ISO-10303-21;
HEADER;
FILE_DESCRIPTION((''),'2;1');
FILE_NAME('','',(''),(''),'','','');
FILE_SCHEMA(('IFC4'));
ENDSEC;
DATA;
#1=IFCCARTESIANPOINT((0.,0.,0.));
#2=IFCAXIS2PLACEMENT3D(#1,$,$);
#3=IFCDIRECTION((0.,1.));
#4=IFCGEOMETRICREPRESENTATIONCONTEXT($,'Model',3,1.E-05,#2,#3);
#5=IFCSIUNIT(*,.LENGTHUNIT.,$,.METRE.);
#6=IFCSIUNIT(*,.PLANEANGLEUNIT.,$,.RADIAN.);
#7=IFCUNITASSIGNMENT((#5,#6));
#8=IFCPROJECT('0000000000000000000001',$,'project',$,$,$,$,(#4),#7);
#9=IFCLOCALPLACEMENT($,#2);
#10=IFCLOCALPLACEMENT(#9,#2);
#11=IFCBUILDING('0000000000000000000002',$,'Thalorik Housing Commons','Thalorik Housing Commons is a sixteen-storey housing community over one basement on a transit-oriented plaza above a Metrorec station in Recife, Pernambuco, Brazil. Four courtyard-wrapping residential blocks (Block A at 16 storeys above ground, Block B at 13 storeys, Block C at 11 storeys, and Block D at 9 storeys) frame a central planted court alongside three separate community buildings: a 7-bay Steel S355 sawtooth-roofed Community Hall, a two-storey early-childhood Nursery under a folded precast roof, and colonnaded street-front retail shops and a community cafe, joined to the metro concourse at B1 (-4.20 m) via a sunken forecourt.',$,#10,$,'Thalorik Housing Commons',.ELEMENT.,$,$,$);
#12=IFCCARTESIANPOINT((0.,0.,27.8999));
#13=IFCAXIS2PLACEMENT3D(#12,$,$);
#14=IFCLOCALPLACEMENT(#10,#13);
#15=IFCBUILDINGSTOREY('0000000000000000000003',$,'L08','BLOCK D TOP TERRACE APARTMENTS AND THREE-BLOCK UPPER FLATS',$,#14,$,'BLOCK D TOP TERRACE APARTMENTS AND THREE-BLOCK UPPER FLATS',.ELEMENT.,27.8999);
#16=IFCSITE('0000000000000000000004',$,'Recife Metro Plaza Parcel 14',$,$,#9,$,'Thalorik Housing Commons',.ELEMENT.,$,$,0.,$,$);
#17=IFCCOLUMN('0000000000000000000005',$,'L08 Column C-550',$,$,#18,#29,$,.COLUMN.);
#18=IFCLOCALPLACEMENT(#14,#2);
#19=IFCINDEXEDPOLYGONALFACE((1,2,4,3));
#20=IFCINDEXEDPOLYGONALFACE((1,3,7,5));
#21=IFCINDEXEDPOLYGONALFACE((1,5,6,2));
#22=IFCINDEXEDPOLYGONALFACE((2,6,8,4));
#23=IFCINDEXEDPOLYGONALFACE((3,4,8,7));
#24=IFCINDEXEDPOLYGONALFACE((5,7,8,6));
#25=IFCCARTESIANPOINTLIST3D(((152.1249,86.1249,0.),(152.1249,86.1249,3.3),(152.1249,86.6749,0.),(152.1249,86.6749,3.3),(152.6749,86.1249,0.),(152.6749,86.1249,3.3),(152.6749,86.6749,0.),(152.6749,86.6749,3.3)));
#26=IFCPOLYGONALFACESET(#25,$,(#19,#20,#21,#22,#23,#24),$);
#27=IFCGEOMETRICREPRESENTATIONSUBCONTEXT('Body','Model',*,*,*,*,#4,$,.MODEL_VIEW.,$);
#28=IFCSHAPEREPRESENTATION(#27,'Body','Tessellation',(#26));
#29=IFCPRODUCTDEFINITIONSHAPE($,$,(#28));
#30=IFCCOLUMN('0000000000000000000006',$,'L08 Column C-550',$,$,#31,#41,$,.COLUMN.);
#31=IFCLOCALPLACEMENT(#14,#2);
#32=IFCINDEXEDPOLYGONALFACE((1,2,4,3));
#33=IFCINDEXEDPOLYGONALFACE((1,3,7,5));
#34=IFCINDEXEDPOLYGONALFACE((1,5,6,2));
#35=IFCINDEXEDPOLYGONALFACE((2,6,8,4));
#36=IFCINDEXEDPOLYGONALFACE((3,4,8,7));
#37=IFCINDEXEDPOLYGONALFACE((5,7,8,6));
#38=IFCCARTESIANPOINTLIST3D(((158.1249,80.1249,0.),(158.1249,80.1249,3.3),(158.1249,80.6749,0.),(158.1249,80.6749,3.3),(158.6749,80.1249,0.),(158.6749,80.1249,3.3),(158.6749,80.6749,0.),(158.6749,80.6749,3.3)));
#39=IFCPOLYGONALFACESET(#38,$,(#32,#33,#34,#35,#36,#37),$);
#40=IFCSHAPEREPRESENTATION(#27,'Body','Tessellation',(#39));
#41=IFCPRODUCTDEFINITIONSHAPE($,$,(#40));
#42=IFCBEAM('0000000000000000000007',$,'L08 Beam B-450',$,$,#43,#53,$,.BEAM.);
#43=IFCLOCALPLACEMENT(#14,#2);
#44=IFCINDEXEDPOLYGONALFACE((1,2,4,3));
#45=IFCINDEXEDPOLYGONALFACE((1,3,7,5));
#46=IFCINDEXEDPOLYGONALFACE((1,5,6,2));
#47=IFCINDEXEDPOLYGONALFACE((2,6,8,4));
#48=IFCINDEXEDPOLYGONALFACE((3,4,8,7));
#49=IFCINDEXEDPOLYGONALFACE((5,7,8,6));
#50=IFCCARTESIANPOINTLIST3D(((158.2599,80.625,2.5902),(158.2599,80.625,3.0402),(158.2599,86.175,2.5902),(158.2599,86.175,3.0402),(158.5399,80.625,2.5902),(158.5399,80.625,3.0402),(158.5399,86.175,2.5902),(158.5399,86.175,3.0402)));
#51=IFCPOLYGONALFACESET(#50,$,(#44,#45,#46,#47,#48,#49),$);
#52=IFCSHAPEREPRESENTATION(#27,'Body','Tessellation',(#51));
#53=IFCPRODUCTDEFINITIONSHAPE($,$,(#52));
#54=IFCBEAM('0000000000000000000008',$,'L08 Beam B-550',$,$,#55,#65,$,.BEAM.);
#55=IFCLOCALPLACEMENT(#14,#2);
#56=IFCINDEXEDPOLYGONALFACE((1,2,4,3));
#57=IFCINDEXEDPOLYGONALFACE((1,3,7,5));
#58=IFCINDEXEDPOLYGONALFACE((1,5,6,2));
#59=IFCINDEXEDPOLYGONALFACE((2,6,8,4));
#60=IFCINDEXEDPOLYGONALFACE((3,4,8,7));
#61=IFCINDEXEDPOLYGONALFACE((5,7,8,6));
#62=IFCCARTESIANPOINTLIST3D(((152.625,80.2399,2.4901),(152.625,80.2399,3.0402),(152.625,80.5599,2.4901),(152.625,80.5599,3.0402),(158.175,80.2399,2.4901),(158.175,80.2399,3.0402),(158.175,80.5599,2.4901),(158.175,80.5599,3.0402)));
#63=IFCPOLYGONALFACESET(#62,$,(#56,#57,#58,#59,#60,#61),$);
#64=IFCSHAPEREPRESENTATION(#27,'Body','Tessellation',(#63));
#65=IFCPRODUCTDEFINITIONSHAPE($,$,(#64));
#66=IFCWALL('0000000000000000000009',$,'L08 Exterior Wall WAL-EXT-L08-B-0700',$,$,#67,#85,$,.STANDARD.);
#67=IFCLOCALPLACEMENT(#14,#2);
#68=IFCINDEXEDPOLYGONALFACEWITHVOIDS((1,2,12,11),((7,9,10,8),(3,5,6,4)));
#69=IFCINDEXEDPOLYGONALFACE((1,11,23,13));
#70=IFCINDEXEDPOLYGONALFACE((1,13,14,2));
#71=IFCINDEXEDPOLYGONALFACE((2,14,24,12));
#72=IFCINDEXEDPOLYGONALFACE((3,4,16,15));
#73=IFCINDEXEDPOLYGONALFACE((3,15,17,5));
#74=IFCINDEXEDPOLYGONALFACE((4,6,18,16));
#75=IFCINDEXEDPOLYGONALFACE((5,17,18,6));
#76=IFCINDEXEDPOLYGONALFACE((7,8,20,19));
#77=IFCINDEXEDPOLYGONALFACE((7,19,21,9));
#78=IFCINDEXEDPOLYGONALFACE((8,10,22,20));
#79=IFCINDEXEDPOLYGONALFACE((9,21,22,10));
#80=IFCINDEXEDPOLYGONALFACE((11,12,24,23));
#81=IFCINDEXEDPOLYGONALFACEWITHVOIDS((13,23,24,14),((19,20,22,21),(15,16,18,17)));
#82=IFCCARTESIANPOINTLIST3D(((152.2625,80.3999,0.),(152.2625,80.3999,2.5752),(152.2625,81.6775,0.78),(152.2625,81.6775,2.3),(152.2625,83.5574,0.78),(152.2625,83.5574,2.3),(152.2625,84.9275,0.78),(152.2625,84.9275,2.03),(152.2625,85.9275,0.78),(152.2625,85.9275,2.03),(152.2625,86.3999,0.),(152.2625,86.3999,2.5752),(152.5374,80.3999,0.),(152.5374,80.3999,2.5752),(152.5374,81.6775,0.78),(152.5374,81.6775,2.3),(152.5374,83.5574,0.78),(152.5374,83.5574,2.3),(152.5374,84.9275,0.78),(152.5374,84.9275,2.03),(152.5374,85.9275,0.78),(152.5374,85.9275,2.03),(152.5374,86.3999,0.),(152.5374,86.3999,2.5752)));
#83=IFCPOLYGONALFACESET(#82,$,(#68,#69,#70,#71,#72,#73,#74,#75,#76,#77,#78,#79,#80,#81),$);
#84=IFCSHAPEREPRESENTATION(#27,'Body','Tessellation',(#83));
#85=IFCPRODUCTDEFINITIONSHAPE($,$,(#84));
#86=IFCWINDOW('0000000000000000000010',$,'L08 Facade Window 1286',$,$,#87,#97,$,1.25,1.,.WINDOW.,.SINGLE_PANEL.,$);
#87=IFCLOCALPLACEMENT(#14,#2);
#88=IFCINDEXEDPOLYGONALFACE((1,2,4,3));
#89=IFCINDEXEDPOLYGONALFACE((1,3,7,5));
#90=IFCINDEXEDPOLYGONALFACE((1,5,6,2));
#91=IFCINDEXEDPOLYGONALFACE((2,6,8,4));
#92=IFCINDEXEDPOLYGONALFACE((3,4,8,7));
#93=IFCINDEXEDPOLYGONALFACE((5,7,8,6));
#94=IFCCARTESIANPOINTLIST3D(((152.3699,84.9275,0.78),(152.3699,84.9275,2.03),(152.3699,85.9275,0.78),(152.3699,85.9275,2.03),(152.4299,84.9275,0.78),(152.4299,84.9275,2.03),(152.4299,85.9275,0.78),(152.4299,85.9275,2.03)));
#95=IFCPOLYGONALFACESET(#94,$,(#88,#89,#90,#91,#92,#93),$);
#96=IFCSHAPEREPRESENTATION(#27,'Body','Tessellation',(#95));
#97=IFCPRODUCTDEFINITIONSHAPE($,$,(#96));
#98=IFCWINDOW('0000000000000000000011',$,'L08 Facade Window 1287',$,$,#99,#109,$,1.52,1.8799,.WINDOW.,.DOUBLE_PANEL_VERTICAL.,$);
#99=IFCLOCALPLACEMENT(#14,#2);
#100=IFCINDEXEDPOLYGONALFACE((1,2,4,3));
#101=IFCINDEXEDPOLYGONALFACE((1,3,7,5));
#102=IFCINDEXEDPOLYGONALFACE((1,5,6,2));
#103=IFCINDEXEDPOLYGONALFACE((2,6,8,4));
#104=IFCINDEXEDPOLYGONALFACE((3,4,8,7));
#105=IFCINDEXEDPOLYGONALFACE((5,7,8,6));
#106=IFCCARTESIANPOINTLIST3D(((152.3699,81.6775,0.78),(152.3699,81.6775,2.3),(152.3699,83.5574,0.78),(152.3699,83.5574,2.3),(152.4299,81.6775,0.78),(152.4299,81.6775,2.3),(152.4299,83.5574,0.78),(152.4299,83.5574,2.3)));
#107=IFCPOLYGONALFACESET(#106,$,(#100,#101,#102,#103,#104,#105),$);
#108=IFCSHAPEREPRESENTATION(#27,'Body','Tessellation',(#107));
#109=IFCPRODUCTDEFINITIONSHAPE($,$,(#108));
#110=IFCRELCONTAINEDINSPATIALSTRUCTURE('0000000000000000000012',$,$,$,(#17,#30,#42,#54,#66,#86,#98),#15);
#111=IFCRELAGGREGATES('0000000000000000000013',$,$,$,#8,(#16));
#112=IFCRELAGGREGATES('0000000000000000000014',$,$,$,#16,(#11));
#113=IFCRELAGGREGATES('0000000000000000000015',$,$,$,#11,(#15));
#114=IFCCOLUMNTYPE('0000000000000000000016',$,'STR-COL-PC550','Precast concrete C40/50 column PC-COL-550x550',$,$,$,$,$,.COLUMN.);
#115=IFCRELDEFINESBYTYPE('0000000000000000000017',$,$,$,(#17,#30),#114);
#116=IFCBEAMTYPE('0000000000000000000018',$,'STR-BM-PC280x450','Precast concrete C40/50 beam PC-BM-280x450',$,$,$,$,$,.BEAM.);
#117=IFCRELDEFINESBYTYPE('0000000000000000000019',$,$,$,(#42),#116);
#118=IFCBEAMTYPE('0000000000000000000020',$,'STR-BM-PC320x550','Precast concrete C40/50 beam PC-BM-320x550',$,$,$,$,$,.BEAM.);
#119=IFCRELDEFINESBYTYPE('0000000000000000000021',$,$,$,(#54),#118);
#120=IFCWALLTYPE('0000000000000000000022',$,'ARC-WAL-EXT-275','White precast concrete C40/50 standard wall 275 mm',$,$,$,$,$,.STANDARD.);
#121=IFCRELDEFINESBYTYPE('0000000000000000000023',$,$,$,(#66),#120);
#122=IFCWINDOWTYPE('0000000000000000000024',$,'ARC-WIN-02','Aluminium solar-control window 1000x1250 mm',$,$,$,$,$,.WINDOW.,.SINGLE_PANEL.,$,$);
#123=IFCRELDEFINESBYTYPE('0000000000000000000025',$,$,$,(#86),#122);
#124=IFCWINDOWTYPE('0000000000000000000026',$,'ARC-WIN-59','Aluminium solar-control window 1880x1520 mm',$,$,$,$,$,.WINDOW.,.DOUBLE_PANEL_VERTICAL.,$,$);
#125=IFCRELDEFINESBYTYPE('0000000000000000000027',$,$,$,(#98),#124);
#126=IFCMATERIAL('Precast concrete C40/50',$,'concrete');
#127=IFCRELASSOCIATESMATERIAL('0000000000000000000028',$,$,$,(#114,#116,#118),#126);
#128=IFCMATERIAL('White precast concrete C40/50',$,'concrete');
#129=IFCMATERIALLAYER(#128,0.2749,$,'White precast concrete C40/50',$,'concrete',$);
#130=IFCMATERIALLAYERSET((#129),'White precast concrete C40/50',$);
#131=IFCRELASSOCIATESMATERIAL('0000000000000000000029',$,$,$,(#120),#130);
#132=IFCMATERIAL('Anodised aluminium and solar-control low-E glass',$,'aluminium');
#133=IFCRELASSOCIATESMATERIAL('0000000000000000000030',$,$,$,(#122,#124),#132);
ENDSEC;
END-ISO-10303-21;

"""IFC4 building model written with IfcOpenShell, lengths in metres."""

from ifc_helpers import new_model, si_unit, direction, frame, frame_2d, origin, origin_2d, place, context, subcontext, project, spatial, rectangle, extrude, material, layer, layer_set, material_profile, profile_set, type_object, element, fill, save


model = new_model("IFC4")

# Units and contexts
model_context = context("Model", 3, precision=1e-05, world=origin(), true_north=direction((0.0, 1.0)))
body_context = subcontext(model_context, "Body", "Model", "MODEL_VIEW")
ifc_project = project(units=[si_unit("LENGTHUNIT", "METRE"), si_unit("PLANEANGLEUNIT", "RADIAN")], contexts=[model_context])

# Site, building, storey
site_placement = place(None, origin())
site = spatial("IfcSite", under=ifc_project, at=site_placement, Name="Recife Metro Plaza Parcel 14", LongName="Thalorik Housing Commons", CompositionType="ELEMENT", RefElevation=0.0)
building_placement = place(site_placement, origin())
building = spatial("IfcBuilding", under=site, at=building_placement, Name="Thalorik Housing Commons", Description="Thalorik Housing Commons is a sixteen-storey housing community over one basement on a transit-oriented plaza above a Metrorec station in Recife, Pernambuco, Brazil. Four courtyard-wrapping residential blocks (Block A at 16 storeys above ground, Block B at 13 storeys, Block C at 11 storeys, and Block D at 9 storeys) frame a central planted court alongside three separate community buildings: a 7-bay Steel S355 sawtooth-roofed Community Hall, a two-storey early-childhood Nursery under a folded precast roof, and colonnaded street-front retail shops and a community cafe, joined to the metro concourse at B1 (-4.20 m) via a sunken forecourt.", LongName="Thalorik Housing Commons", CompositionType="ELEMENT")
storey_placement = place(building_placement, frame((0.0, 0.0, 27.8999)))
storey = spatial("IfcBuildingStorey", under=building, at=storey_placement, Name="L08", Description="BLOCK D TOP TERRACE APARTMENTS AND THREE-BLOCK UPPER FLATS", LongName="BLOCK D TOP TERRACE APARTMENTS AND THREE-BLOCK UPPER FLATS", CompositionType="ELEMENT", Elevation=27.8999)

# Columns
ifc_material_1 = material(Name="Precast concrete C40/50", Category="concrete")
ifc_material_profile_1 = material_profile(ifc_material_1, rectangle(XDim=0.55, YDim=0.55, at=origin_2d()), Name="PC 550x550", Category="concrete")
ifc_profile_set_1 = profile_set([ifc_material_profile_1], Name="Precast concrete C40/50")
column_type = type_object("IfcColumnType", Name="STR-COL-PC550", Description="Precast concrete C40/50 column PC-COL-550x550", PredefinedType="COLUMN", material=ifc_profile_set_1)
for number, where, z_axis, x_axis, name in (
    (1, (152.3999, 86.3999, 0.0), (0.0, 0.0, 1.0), (1.0, 0.0, 0.0), "L08 Column C-550"),
    (2, (158.3999, 80.3999, 0.0), (0.0, 0.0, 1.0), (1.0, 0.0, 0.0), "L08 Column C-550"),
):
    element("IfcColumn", number, at=place(storey_placement, frame(where, z_axis=z_axis, x_axis=x_axis)), inside=storey, type_object=column_type, Name=name, PredefinedType="COLUMN", context=body_context, shape_type="SweptSolid", body=[
        extrude(rectangle(XDim=0.55, YDim=0.55, at=origin_2d()), origin(), (0.0, 0.0, 1.0), 3.3),
    ])

# Beams
ifc_material_profile_2 = material_profile(ifc_material_1, rectangle(XDim=0.28, YDim=0.45, at=origin_2d()), Name="PC 280x450", Category="concrete")
ifc_profile_set_2 = profile_set([ifc_material_profile_2], Name="Precast concrete C40/50")
beam_type_1 = type_object("IfcBeamType", Name="STR-BM-PC280x450", Description="Precast concrete C40/50 beam PC-BM-280x450", PredefinedType="BEAM", material=ifc_profile_set_2)
beam_1_placement = place(storey_placement, frame((158.3999, 80.625, 2.8152), z_axis=(0.0, 1.0, 0.0), x_axis=(-1.0, 0.0, 0.0)))
element("IfcBeam", 3, at=beam_1_placement, inside=storey, type_object=beam_type_1, Name="L08 Beam B-450", PredefinedType="BEAM", context=body_context, shape_type="SweptSolid", body=[
    extrude(rectangle(XDim=0.28, YDim=0.45, at=origin_2d()), origin(), (0.0, 0.0, 1.0), 5.55),
])
ifc_material_profile_3 = material_profile(ifc_material_1, rectangle(XDim=0.3201, YDim=0.55, at=origin_2d()), Name="PC 320x550", Category="concrete")
ifc_profile_set_3 = profile_set([ifc_material_profile_3], Name="Precast concrete C40/50")
beam_type_2 = type_object("IfcBeamType", Name="STR-BM-PC320x550", Description="Precast concrete C40/50 beam PC-BM-320x550", PredefinedType="BEAM", material=ifc_profile_set_3)
beam_2_placement = place(storey_placement, frame((152.625, 80.3999, 2.7651), z_axis=(1.0, 0.0, 0.0), x_axis=(0.0, 1.0, 0.0)))
element("IfcBeam", 4, at=beam_2_placement, inside=storey, type_object=beam_type_2, Name="L08 Beam B-550", PredefinedType="BEAM", context=body_context, shape_type="SweptSolid", body=[
    extrude(rectangle(XDim=0.3201, YDim=0.55, at=origin_2d()), origin(), (0.0, 0.0, 1.0), 5.55),
])

# Wall, openings, windows
ifc_material_2 = material(Name="White precast concrete C40/50", Category="concrete")
ifc_layer_1 = layer(ifc_material_2, 0.2749, Name="White precast concrete C40/50", Category="concrete")
ifc_layer_set_1 = layer_set([ifc_layer_1], Name="White precast concrete C40/50")
wall_type_1 = type_object("IfcWallType", Name="ARC-WAL-EXT-275", Description="White precast concrete C40/50 standard wall 275 mm", PredefinedType="STANDARD", material=ifc_layer_set_1)
wall_1_placement = place(storey_placement, frame((152.3999, 86.3999, 0.0), z_axis=(0.0, 0.0, 1.0), x_axis=(0.0, -1.0, 0.0)))
wall_1 = element("IfcWall", 5, at=wall_1_placement, inside=storey, type_object=wall_type_1, Name="L08 Exterior Wall WAL-EXT-L08-B-0700", PredefinedType="STANDARD", context=body_context, shape_type="SweptSolid", body=[
    extrude(rectangle(XDim=6.0, YDim=0.2749, at=frame_2d((3.0, 0.0))), origin(), (0.0, 0.0, 1.0), 2.5752),
])
opening_1_placement = place(wall_1_placement, frame((0.4724, 0.0, 0.78)))
opening_1 = element("IfcOpeningElement", 6, at=opening_1_placement, cuts=wall_1, PredefinedType="OPENING", context=body_context, shape_type="SweptSolid", body=[
    extrude(rectangle(XDim=1.0, YDim=1.25, at=frame_2d((0.5, 0.625))), frame((0.0, 0.1475, 0.0), z_axis=(0.0, -1.0, 0.0), x_axis=(1.0, 0.0, 0.0)), (0.0, 0.0, 1.0), 0.2949),
])
opening_2_placement = place(wall_1_placement, frame((2.8425, 0.0, 0.78)))
opening_2 = element("IfcOpeningElement", 7, at=opening_2_placement, cuts=wall_1, PredefinedType="OPENING", context=body_context, shape_type="SweptSolid", body=[
    extrude(rectangle(XDim=1.8799, YDim=1.52, at=frame_2d((0.9399, 0.76))), frame((0.0, 0.1475, 0.0), z_axis=(0.0, -1.0, 0.0), x_axis=(1.0, 0.0, 0.0)), (0.0, 0.0, 1.0), 0.2949),
])
ifc_material_3 = material(Name="Anodised aluminium and solar-control low-E glass", Category="aluminium")
window_type_1 = type_object("IfcWindowType", Name="ARC-WIN-02", Description="Aluminium solar-control window 1000x1250 mm", PartitioningType="SINGLE_PANEL", PredefinedType="WINDOW", material=ifc_material_3)
window_1_placement = place(opening_1_placement, origin())
window_1 = element("IfcWindow", 8, at=window_1_placement, inside=storey, type_object=window_type_1, Name="L08 Facade Window 1286", OverallHeight=1.25, OverallWidth=1.0, PartitioningType="SINGLE_PANEL", PredefinedType="WINDOW", context=body_context, shape_type="SweptSolid", body=[
    extrude(rectangle(XDim=1.0, YDim=1.25, at=frame_2d((0.5, 0.625))), frame((0.0, 0.03, 0.0), z_axis=(0.0, -1.0, 0.0), x_axis=(1.0, 0.0, 0.0)), (0.0, 0.0, 1.0), 0.0601),
])
fill(opening_1, window_1)
window_type_2 = type_object("IfcWindowType", Name="ARC-WIN-59", Description="Aluminium solar-control window 1880x1520 mm", PartitioningType="DOUBLE_PANEL_VERTICAL", PredefinedType="WINDOW", material=ifc_material_3)
window_2_placement = place(opening_2_placement, origin())
window_2 = element("IfcWindow", 9, at=window_2_placement, inside=storey, type_object=window_type_2, Name="L08 Facade Window 1287", OverallHeight=1.52, OverallWidth=1.8799, PartitioningType="DOUBLE_PANEL_VERTICAL", PredefinedType="WINDOW", context=body_context, shape_type="SweptSolid", body=[
    extrude(rectangle(XDim=1.8799, YDim=1.52, at=frame_2d((0.9399, 0.76))), frame((0.0, 0.03, 0.0), z_axis=(0.0, -1.0, 0.0), x_axis=(1.0, 0.0, 0.0)), (0.0, 0.0, 1.0), 0.0601),
])
fill(opening_2, window_2)

save(model, "model.ifc")
